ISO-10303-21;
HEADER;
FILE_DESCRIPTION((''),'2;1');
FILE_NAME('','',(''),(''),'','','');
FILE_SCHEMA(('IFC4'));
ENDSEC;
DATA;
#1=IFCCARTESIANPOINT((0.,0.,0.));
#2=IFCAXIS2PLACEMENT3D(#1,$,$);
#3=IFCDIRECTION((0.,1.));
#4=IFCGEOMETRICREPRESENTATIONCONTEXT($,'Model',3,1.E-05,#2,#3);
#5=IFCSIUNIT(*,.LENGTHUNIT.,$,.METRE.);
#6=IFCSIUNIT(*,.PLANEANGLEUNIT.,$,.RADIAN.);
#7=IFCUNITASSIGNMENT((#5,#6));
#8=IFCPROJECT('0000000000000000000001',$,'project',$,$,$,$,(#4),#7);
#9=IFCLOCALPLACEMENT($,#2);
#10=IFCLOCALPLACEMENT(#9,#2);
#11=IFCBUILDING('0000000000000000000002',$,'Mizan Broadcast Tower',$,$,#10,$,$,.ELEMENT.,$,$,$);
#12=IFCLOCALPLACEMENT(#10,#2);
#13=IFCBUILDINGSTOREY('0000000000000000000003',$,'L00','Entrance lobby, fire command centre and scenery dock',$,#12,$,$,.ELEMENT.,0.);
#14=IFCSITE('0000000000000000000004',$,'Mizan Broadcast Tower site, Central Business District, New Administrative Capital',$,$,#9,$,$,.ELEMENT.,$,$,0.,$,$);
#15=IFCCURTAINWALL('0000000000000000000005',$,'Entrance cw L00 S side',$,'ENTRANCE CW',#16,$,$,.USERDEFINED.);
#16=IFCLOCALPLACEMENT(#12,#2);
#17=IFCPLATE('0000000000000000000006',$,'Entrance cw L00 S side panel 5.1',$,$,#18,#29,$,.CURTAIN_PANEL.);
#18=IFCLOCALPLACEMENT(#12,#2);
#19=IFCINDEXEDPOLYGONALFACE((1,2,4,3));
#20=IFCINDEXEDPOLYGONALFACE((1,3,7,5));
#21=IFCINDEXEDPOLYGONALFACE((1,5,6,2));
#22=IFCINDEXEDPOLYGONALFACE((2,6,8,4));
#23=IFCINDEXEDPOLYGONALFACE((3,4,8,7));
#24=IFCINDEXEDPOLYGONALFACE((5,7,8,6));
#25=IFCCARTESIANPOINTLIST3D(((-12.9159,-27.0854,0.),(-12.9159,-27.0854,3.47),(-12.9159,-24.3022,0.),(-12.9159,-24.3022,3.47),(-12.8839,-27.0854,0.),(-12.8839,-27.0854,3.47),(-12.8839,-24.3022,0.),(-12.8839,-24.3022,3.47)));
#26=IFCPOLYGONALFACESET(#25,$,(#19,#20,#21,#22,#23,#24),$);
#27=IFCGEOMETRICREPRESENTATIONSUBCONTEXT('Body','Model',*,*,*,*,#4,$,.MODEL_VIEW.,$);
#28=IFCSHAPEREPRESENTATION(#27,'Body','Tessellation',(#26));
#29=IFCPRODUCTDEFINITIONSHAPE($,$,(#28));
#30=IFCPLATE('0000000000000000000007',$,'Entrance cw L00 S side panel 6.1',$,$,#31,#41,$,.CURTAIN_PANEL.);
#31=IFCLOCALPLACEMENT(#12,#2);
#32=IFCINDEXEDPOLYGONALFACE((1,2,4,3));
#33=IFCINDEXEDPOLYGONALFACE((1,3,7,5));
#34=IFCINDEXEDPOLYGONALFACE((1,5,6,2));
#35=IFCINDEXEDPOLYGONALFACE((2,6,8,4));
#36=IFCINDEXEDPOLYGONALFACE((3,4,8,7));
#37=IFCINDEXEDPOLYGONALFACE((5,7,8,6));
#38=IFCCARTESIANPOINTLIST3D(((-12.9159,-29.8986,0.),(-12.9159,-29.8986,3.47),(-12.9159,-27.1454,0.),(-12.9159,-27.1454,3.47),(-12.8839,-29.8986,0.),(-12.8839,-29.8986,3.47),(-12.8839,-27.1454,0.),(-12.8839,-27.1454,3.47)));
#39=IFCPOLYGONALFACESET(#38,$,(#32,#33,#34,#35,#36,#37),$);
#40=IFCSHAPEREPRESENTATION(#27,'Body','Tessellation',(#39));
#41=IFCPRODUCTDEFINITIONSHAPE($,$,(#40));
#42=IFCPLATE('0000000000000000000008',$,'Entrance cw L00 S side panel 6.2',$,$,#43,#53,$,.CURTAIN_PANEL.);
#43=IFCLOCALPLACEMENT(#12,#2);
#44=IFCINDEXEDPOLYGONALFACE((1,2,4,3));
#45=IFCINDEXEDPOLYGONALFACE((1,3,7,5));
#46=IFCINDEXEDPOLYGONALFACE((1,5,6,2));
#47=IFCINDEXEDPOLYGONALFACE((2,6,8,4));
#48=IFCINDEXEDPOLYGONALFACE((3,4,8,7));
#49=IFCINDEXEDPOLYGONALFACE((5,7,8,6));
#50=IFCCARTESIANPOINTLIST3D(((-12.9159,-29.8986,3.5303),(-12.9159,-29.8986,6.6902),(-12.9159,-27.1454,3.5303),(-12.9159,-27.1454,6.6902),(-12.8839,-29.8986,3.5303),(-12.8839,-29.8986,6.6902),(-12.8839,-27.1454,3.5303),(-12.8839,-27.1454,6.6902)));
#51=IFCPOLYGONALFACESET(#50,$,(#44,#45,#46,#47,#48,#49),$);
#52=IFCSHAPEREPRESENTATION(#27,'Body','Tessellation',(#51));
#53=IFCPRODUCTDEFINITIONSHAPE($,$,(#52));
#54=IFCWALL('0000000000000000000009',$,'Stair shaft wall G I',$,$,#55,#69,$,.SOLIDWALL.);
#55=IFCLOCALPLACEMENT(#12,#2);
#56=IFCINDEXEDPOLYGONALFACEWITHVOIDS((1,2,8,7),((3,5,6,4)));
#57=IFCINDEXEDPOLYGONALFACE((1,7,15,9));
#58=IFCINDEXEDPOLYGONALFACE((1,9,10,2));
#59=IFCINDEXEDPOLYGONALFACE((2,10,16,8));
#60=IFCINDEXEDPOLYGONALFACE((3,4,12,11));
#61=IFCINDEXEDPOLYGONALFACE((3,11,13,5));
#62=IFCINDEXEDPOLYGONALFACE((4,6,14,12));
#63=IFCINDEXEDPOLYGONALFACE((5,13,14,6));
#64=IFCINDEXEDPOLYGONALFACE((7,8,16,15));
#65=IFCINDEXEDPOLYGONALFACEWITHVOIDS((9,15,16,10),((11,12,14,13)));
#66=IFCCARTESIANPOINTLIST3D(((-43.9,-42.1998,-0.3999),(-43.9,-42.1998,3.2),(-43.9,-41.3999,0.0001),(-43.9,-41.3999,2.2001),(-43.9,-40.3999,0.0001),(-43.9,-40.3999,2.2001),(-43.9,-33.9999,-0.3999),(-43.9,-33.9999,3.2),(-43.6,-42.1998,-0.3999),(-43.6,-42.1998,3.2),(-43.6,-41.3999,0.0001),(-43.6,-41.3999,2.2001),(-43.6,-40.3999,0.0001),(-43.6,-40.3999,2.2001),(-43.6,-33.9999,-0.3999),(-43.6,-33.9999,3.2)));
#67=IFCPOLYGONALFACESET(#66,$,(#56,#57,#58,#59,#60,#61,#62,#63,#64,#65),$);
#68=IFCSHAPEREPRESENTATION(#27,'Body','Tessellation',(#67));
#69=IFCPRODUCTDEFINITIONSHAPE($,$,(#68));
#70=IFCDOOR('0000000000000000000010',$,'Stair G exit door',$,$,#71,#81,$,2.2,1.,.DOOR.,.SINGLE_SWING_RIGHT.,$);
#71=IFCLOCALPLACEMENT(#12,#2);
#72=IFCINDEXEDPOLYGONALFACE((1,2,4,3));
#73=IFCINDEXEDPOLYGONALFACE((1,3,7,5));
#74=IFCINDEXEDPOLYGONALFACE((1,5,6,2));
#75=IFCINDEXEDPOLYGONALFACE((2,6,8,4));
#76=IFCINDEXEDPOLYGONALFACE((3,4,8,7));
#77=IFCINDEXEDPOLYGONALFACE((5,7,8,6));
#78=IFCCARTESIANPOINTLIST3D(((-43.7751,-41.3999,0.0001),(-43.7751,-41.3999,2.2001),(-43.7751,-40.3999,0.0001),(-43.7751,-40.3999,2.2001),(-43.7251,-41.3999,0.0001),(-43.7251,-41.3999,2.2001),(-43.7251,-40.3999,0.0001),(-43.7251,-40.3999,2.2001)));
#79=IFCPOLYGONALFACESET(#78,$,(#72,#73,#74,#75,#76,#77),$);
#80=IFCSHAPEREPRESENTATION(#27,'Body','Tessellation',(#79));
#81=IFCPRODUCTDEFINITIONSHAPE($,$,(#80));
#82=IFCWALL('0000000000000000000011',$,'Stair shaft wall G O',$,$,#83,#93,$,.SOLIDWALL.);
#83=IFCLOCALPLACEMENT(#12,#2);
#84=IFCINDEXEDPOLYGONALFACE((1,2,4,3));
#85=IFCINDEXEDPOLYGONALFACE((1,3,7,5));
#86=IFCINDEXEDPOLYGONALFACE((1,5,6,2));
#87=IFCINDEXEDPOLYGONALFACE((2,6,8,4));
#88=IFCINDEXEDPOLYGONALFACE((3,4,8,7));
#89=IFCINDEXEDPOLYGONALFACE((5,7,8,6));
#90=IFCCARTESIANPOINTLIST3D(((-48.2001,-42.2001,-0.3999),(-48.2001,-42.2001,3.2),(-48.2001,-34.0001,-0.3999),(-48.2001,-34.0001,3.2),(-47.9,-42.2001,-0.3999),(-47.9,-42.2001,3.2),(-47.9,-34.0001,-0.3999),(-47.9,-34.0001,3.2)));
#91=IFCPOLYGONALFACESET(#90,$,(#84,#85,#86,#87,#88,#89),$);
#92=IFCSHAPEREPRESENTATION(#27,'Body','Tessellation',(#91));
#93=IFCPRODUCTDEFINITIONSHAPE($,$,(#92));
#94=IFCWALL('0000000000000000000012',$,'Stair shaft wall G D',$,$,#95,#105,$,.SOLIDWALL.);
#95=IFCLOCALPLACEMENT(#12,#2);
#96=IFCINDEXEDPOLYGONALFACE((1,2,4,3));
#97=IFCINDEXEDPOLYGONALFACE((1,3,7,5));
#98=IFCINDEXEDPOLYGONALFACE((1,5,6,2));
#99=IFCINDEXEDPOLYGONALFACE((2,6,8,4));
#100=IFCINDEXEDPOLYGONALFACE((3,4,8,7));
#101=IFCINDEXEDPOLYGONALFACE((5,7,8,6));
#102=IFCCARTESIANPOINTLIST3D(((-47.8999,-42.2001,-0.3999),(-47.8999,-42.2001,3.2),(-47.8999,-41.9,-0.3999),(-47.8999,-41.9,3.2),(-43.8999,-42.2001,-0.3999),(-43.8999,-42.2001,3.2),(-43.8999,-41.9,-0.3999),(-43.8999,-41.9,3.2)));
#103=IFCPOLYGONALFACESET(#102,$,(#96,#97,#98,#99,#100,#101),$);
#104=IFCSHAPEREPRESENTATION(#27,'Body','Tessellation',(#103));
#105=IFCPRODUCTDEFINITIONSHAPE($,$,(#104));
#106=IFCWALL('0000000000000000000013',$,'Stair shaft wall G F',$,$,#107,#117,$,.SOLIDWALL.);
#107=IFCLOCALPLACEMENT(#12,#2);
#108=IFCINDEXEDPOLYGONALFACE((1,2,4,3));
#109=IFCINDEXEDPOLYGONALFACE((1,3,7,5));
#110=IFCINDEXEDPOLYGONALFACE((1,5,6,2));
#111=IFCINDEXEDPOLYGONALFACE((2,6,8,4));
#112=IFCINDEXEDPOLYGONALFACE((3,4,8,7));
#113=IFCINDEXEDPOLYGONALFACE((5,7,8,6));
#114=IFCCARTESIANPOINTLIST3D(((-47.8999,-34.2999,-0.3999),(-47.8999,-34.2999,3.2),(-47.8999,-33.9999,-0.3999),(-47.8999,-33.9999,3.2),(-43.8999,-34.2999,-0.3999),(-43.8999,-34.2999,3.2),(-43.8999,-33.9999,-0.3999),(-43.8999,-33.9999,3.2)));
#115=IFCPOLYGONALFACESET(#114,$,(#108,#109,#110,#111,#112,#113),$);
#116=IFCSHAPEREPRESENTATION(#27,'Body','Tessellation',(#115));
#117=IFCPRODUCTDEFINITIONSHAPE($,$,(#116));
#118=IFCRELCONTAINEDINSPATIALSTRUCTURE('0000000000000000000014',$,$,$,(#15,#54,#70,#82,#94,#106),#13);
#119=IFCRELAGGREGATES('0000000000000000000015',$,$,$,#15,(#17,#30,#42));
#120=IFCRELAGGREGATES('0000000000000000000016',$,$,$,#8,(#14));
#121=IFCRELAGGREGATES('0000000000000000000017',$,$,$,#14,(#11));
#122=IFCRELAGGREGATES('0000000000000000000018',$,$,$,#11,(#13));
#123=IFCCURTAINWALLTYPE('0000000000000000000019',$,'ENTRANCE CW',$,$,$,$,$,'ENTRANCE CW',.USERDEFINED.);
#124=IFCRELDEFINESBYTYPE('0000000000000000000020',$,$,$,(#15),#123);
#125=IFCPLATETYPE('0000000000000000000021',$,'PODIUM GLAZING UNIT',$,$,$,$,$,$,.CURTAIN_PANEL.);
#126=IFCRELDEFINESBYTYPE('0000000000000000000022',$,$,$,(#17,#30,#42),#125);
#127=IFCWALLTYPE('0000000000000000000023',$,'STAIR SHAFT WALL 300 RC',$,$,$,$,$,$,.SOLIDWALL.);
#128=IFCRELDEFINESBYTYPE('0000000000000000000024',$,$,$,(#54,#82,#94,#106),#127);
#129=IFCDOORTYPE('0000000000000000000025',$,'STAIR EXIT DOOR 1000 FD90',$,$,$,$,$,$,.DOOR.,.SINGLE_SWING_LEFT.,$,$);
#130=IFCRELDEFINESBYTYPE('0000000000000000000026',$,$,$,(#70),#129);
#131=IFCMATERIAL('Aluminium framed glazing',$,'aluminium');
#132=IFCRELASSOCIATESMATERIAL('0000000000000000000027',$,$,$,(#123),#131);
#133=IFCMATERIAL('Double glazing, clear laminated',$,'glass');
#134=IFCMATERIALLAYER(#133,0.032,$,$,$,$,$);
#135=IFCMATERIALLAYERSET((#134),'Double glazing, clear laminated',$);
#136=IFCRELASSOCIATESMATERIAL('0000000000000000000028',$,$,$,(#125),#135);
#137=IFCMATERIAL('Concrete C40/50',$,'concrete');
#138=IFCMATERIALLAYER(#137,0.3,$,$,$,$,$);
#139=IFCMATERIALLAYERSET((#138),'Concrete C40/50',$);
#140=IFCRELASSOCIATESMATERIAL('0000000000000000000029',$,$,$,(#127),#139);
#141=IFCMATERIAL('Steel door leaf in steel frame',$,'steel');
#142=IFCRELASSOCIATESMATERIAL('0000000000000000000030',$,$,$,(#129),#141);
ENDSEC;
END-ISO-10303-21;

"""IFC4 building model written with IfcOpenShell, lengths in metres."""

from ifc_helpers import new_model, si_unit, direction, frame, frame_2d, origin, origin_2d, place, context, subcontext, project, spatial, rectangle, extrude, material, layer, layer_set, type_object, element, fill, aggregate, save


model = new_model("IFC4")

# Units and contexts
model_context = context("Model", 3, precision=1e-05, world=origin(), true_north=direction((0.0, 1.0)))
body_context = subcontext(model_context, "Body", "Model", "MODEL_VIEW")
ifc_project = project(units=[si_unit("LENGTHUNIT", "METRE"), si_unit("PLANEANGLEUNIT", "RADIAN")], contexts=[model_context])

# Site, building, storey
site_placement = place(None, origin())
site = spatial("IfcSite", under=ifc_project, at=site_placement, Name="Mizan Broadcast Tower site, Central Business District, New Administrative Capital", CompositionType="ELEMENT", RefElevation=0.0)
building_placement = place(site_placement, origin())
building = spatial("IfcBuilding", under=site, at=building_placement, Name="Mizan Broadcast Tower", CompositionType="ELEMENT")
storey_placement = place(building_placement, origin())
storey = spatial("IfcBuildingStorey", under=building, at=storey_placement, Name="L00", Description="Entrance lobby, fire command centre and scenery dock", CompositionType="ELEMENT", Elevation=0.0)

# Curtain wall
ifc_material_1 = material(Name="Aluminium framed glazing", Category="aluminium")
curtain_wall_type_1 = type_object("IfcCurtainWallType", Name="ENTRANCE CW", ElementType="ENTRANCE CW", PredefinedType="USERDEFINED", material=ifc_material_1)
curtain_wall_1_placement = place(storey_placement, origin())
curtain_wall_1 = element("IfcCurtainWall", 1, at=curtain_wall_1_placement, inside=storey, type_object=curtain_wall_type_1, Name="Entrance cw L00 S side", ObjectType="ENTRANCE CW", PredefinedType="USERDEFINED")

# Plates
ifc_material_2 = material(Name="Double glazing, clear laminated", Category="glass")
ifc_layer_1 = layer(ifc_material_2, 0.032)
ifc_layer_set_1 = layer_set([ifc_layer_1], Name="Double glazing, clear laminated")
plate_type = type_object("IfcPlateType", Name="PODIUM GLAZING UNIT", PredefinedType="CURTAIN_PANEL", material=ifc_layer_set_1)
plate_1_placement = place(storey_placement, frame((-12.8999, -25.6938, 0.0), z_axis=(0.0, 0.0, 1.0), x_axis=(0.0, -1.0, 0.0)))
plate_1 = element("IfcPlate", 2, at=plate_1_placement, type_object=plate_type, Name="Entrance cw L00 S side panel 5.1", PredefinedType="CURTAIN_PANEL", context=body_context, shape_type="SweptSolid", body=[
    extrude(rectangle(XDim=2.7832, YDim=0.032, at=origin_2d()), origin(), (0.0, 0.0, 1.0), 3.47),
])
plate_2_placement = place(storey_placement, frame((-12.8999, -28.522, 0.0), z_axis=(0.0, 0.0, 1.0), x_axis=(0.0, -1.0, 0.0)))
plate_2 = element("IfcPlate", 3, at=plate_2_placement, type_object=plate_type, Name="Entrance cw L00 S side panel 6.1", PredefinedType="CURTAIN_PANEL", context=body_context, shape_type="SweptSolid", body=[
    extrude(rectangle(XDim=2.7532, YDim=0.032, at=origin_2d()), origin(), (0.0, 0.0, 1.0), 3.47),
])
plate_3_placement = place(storey_placement, frame((-12.8999, -28.522, 3.5303), z_axis=(0.0, 0.0, 1.0), x_axis=(0.0, -1.0, 0.0)))
plate_3 = element("IfcPlate", 4, at=plate_3_placement, type_object=plate_type, Name="Entrance cw L00 S side panel 6.2", PredefinedType="CURTAIN_PANEL", context=body_context, shape_type="SweptSolid", body=[
    extrude(rectangle(XDim=2.7532, YDim=0.032, at=origin_2d()), origin(), (0.0, 0.0, 1.0), 3.1599),
])
aggregate(curtain_wall_1, [plate_1, plate_2, plate_3])

# Wall, opening, door
ifc_material_3 = material(Name="Concrete C40/50", Category="concrete")
ifc_layer_2 = layer(ifc_material_3, 0.3)
ifc_layer_set_2 = layer_set([ifc_layer_2], Name="Concrete C40/50")
wall_type = type_object("IfcWallType", Name="STAIR SHAFT WALL 300 RC", PredefinedType="SOLIDWALL", material=ifc_layer_set_2)
wall_1_placement = place(storey_placement, frame((-43.75, -42.2, -0.3999), z_axis=(0.0, 0.0, 1.0), x_axis=(0.0, 1.0, 0.0)))
wall_1 = element("IfcWall", 5, at=wall_1_placement, inside=storey, type_object=wall_type, Name="Stair shaft wall G I", PredefinedType="SOLIDWALL", context=body_context, shape_type="SweptSolid", body=[
    extrude(rectangle(XDim=8.2, YDim=0.3, at=frame_2d((4.1001, 0.0))), origin(), (0.0, 0.0, 1.0), 3.5999),
])
opening_placement = place(wall_1_placement, frame((0.8, 0.0, 0.3999)))
opening = element("IfcOpeningElement", 6, at=opening_placement, cuts=wall_1, PredefinedType="OPENING", context=body_context, shape_type="SweptSolid", body=[
    extrude(rectangle(XDim=1.0, YDim=2.2, at=frame_2d((0.5, 1.1001))), frame((0.0, 0.1599, 0.0), z_axis=(0.0, -1.0, 0.0), x_axis=(1.0, 0.0, 0.0)), (0.0, 0.0, 1.0), 0.3201),
])
ifc_material_4 = material(Name="Steel door leaf in steel frame", Category="steel")
door_type = type_object("IfcDoorType", Name="STAIR EXIT DOOR 1000 FD90", OperationType="SINGLE_SWING_LEFT", PredefinedType="DOOR", material=ifc_material_4)
door_placement = place(opening_placement, frame((1.0, 0.0, 0.0), z_axis=(0.0, 0.0, 1.0), x_axis=(-1.0, 0.0, 0.0)))
door = element("IfcDoor", 7, at=door_placement, inside=storey, type_object=door_type, Name="Stair G exit door", OperationType="SINGLE_SWING_RIGHT", OverallHeight=2.2, OverallWidth=1.0, PredefinedType="DOOR", context=body_context, shape_type="SweptSolid", body=[
    extrude(rectangle(XDim=1.0, YDim=2.2, at=frame_2d((0.5, 1.1001))), frame((0.0, 0.0249, 0.0), z_axis=(0.0, -1.0, 0.0), x_axis=(1.0, 0.0, 0.0)), (0.0, 0.0, 1.0), 0.05),
])
fill(opening, door)

# Walls
wall_2_placement = place(storey_placement, frame((-48.05, -34.0, -0.3999), z_axis=(0.0, 0.0, 1.0), x_axis=(0.0, -1.0, 0.0)))
element("IfcWall", 8, at=wall_2_placement, inside=storey, type_object=wall_type, Name="Stair shaft wall G O", PredefinedType="SOLIDWALL", context=body_context, shape_type="SweptSolid", body=[
    extrude(rectangle(XDim=8.2, YDim=0.3, at=frame_2d((4.1001, 0.0))), origin(), (0.0, 0.0, 1.0), 3.5999),
])
for number, where, z_axis, x_axis, name in (
    (9, (-43.8999, -42.05, -0.3999), (0.0, 0.0, 1.0), (-1.0, 0.0, 0.0), "Stair shaft wall G D"),
    (10, (-47.8999, -34.1499, -0.3999), (0.0, 0.0, 1.0), (1.0, 0.0, 0.0), "Stair shaft wall G F"),
):
    element("IfcWall", number, at=place(storey_placement, frame(where, z_axis=z_axis, x_axis=x_axis)), inside=storey, type_object=wall_type, Name=name, PredefinedType="SOLIDWALL", context=body_context, shape_type="SweptSolid", body=[
        extrude(rectangle(XDim=4.0, YDim=0.3, at=frame_2d((2.0, 0.0))), origin(), (0.0, 0.0, 1.0), 3.5999),
    ])

save(model, "model.ifc")
